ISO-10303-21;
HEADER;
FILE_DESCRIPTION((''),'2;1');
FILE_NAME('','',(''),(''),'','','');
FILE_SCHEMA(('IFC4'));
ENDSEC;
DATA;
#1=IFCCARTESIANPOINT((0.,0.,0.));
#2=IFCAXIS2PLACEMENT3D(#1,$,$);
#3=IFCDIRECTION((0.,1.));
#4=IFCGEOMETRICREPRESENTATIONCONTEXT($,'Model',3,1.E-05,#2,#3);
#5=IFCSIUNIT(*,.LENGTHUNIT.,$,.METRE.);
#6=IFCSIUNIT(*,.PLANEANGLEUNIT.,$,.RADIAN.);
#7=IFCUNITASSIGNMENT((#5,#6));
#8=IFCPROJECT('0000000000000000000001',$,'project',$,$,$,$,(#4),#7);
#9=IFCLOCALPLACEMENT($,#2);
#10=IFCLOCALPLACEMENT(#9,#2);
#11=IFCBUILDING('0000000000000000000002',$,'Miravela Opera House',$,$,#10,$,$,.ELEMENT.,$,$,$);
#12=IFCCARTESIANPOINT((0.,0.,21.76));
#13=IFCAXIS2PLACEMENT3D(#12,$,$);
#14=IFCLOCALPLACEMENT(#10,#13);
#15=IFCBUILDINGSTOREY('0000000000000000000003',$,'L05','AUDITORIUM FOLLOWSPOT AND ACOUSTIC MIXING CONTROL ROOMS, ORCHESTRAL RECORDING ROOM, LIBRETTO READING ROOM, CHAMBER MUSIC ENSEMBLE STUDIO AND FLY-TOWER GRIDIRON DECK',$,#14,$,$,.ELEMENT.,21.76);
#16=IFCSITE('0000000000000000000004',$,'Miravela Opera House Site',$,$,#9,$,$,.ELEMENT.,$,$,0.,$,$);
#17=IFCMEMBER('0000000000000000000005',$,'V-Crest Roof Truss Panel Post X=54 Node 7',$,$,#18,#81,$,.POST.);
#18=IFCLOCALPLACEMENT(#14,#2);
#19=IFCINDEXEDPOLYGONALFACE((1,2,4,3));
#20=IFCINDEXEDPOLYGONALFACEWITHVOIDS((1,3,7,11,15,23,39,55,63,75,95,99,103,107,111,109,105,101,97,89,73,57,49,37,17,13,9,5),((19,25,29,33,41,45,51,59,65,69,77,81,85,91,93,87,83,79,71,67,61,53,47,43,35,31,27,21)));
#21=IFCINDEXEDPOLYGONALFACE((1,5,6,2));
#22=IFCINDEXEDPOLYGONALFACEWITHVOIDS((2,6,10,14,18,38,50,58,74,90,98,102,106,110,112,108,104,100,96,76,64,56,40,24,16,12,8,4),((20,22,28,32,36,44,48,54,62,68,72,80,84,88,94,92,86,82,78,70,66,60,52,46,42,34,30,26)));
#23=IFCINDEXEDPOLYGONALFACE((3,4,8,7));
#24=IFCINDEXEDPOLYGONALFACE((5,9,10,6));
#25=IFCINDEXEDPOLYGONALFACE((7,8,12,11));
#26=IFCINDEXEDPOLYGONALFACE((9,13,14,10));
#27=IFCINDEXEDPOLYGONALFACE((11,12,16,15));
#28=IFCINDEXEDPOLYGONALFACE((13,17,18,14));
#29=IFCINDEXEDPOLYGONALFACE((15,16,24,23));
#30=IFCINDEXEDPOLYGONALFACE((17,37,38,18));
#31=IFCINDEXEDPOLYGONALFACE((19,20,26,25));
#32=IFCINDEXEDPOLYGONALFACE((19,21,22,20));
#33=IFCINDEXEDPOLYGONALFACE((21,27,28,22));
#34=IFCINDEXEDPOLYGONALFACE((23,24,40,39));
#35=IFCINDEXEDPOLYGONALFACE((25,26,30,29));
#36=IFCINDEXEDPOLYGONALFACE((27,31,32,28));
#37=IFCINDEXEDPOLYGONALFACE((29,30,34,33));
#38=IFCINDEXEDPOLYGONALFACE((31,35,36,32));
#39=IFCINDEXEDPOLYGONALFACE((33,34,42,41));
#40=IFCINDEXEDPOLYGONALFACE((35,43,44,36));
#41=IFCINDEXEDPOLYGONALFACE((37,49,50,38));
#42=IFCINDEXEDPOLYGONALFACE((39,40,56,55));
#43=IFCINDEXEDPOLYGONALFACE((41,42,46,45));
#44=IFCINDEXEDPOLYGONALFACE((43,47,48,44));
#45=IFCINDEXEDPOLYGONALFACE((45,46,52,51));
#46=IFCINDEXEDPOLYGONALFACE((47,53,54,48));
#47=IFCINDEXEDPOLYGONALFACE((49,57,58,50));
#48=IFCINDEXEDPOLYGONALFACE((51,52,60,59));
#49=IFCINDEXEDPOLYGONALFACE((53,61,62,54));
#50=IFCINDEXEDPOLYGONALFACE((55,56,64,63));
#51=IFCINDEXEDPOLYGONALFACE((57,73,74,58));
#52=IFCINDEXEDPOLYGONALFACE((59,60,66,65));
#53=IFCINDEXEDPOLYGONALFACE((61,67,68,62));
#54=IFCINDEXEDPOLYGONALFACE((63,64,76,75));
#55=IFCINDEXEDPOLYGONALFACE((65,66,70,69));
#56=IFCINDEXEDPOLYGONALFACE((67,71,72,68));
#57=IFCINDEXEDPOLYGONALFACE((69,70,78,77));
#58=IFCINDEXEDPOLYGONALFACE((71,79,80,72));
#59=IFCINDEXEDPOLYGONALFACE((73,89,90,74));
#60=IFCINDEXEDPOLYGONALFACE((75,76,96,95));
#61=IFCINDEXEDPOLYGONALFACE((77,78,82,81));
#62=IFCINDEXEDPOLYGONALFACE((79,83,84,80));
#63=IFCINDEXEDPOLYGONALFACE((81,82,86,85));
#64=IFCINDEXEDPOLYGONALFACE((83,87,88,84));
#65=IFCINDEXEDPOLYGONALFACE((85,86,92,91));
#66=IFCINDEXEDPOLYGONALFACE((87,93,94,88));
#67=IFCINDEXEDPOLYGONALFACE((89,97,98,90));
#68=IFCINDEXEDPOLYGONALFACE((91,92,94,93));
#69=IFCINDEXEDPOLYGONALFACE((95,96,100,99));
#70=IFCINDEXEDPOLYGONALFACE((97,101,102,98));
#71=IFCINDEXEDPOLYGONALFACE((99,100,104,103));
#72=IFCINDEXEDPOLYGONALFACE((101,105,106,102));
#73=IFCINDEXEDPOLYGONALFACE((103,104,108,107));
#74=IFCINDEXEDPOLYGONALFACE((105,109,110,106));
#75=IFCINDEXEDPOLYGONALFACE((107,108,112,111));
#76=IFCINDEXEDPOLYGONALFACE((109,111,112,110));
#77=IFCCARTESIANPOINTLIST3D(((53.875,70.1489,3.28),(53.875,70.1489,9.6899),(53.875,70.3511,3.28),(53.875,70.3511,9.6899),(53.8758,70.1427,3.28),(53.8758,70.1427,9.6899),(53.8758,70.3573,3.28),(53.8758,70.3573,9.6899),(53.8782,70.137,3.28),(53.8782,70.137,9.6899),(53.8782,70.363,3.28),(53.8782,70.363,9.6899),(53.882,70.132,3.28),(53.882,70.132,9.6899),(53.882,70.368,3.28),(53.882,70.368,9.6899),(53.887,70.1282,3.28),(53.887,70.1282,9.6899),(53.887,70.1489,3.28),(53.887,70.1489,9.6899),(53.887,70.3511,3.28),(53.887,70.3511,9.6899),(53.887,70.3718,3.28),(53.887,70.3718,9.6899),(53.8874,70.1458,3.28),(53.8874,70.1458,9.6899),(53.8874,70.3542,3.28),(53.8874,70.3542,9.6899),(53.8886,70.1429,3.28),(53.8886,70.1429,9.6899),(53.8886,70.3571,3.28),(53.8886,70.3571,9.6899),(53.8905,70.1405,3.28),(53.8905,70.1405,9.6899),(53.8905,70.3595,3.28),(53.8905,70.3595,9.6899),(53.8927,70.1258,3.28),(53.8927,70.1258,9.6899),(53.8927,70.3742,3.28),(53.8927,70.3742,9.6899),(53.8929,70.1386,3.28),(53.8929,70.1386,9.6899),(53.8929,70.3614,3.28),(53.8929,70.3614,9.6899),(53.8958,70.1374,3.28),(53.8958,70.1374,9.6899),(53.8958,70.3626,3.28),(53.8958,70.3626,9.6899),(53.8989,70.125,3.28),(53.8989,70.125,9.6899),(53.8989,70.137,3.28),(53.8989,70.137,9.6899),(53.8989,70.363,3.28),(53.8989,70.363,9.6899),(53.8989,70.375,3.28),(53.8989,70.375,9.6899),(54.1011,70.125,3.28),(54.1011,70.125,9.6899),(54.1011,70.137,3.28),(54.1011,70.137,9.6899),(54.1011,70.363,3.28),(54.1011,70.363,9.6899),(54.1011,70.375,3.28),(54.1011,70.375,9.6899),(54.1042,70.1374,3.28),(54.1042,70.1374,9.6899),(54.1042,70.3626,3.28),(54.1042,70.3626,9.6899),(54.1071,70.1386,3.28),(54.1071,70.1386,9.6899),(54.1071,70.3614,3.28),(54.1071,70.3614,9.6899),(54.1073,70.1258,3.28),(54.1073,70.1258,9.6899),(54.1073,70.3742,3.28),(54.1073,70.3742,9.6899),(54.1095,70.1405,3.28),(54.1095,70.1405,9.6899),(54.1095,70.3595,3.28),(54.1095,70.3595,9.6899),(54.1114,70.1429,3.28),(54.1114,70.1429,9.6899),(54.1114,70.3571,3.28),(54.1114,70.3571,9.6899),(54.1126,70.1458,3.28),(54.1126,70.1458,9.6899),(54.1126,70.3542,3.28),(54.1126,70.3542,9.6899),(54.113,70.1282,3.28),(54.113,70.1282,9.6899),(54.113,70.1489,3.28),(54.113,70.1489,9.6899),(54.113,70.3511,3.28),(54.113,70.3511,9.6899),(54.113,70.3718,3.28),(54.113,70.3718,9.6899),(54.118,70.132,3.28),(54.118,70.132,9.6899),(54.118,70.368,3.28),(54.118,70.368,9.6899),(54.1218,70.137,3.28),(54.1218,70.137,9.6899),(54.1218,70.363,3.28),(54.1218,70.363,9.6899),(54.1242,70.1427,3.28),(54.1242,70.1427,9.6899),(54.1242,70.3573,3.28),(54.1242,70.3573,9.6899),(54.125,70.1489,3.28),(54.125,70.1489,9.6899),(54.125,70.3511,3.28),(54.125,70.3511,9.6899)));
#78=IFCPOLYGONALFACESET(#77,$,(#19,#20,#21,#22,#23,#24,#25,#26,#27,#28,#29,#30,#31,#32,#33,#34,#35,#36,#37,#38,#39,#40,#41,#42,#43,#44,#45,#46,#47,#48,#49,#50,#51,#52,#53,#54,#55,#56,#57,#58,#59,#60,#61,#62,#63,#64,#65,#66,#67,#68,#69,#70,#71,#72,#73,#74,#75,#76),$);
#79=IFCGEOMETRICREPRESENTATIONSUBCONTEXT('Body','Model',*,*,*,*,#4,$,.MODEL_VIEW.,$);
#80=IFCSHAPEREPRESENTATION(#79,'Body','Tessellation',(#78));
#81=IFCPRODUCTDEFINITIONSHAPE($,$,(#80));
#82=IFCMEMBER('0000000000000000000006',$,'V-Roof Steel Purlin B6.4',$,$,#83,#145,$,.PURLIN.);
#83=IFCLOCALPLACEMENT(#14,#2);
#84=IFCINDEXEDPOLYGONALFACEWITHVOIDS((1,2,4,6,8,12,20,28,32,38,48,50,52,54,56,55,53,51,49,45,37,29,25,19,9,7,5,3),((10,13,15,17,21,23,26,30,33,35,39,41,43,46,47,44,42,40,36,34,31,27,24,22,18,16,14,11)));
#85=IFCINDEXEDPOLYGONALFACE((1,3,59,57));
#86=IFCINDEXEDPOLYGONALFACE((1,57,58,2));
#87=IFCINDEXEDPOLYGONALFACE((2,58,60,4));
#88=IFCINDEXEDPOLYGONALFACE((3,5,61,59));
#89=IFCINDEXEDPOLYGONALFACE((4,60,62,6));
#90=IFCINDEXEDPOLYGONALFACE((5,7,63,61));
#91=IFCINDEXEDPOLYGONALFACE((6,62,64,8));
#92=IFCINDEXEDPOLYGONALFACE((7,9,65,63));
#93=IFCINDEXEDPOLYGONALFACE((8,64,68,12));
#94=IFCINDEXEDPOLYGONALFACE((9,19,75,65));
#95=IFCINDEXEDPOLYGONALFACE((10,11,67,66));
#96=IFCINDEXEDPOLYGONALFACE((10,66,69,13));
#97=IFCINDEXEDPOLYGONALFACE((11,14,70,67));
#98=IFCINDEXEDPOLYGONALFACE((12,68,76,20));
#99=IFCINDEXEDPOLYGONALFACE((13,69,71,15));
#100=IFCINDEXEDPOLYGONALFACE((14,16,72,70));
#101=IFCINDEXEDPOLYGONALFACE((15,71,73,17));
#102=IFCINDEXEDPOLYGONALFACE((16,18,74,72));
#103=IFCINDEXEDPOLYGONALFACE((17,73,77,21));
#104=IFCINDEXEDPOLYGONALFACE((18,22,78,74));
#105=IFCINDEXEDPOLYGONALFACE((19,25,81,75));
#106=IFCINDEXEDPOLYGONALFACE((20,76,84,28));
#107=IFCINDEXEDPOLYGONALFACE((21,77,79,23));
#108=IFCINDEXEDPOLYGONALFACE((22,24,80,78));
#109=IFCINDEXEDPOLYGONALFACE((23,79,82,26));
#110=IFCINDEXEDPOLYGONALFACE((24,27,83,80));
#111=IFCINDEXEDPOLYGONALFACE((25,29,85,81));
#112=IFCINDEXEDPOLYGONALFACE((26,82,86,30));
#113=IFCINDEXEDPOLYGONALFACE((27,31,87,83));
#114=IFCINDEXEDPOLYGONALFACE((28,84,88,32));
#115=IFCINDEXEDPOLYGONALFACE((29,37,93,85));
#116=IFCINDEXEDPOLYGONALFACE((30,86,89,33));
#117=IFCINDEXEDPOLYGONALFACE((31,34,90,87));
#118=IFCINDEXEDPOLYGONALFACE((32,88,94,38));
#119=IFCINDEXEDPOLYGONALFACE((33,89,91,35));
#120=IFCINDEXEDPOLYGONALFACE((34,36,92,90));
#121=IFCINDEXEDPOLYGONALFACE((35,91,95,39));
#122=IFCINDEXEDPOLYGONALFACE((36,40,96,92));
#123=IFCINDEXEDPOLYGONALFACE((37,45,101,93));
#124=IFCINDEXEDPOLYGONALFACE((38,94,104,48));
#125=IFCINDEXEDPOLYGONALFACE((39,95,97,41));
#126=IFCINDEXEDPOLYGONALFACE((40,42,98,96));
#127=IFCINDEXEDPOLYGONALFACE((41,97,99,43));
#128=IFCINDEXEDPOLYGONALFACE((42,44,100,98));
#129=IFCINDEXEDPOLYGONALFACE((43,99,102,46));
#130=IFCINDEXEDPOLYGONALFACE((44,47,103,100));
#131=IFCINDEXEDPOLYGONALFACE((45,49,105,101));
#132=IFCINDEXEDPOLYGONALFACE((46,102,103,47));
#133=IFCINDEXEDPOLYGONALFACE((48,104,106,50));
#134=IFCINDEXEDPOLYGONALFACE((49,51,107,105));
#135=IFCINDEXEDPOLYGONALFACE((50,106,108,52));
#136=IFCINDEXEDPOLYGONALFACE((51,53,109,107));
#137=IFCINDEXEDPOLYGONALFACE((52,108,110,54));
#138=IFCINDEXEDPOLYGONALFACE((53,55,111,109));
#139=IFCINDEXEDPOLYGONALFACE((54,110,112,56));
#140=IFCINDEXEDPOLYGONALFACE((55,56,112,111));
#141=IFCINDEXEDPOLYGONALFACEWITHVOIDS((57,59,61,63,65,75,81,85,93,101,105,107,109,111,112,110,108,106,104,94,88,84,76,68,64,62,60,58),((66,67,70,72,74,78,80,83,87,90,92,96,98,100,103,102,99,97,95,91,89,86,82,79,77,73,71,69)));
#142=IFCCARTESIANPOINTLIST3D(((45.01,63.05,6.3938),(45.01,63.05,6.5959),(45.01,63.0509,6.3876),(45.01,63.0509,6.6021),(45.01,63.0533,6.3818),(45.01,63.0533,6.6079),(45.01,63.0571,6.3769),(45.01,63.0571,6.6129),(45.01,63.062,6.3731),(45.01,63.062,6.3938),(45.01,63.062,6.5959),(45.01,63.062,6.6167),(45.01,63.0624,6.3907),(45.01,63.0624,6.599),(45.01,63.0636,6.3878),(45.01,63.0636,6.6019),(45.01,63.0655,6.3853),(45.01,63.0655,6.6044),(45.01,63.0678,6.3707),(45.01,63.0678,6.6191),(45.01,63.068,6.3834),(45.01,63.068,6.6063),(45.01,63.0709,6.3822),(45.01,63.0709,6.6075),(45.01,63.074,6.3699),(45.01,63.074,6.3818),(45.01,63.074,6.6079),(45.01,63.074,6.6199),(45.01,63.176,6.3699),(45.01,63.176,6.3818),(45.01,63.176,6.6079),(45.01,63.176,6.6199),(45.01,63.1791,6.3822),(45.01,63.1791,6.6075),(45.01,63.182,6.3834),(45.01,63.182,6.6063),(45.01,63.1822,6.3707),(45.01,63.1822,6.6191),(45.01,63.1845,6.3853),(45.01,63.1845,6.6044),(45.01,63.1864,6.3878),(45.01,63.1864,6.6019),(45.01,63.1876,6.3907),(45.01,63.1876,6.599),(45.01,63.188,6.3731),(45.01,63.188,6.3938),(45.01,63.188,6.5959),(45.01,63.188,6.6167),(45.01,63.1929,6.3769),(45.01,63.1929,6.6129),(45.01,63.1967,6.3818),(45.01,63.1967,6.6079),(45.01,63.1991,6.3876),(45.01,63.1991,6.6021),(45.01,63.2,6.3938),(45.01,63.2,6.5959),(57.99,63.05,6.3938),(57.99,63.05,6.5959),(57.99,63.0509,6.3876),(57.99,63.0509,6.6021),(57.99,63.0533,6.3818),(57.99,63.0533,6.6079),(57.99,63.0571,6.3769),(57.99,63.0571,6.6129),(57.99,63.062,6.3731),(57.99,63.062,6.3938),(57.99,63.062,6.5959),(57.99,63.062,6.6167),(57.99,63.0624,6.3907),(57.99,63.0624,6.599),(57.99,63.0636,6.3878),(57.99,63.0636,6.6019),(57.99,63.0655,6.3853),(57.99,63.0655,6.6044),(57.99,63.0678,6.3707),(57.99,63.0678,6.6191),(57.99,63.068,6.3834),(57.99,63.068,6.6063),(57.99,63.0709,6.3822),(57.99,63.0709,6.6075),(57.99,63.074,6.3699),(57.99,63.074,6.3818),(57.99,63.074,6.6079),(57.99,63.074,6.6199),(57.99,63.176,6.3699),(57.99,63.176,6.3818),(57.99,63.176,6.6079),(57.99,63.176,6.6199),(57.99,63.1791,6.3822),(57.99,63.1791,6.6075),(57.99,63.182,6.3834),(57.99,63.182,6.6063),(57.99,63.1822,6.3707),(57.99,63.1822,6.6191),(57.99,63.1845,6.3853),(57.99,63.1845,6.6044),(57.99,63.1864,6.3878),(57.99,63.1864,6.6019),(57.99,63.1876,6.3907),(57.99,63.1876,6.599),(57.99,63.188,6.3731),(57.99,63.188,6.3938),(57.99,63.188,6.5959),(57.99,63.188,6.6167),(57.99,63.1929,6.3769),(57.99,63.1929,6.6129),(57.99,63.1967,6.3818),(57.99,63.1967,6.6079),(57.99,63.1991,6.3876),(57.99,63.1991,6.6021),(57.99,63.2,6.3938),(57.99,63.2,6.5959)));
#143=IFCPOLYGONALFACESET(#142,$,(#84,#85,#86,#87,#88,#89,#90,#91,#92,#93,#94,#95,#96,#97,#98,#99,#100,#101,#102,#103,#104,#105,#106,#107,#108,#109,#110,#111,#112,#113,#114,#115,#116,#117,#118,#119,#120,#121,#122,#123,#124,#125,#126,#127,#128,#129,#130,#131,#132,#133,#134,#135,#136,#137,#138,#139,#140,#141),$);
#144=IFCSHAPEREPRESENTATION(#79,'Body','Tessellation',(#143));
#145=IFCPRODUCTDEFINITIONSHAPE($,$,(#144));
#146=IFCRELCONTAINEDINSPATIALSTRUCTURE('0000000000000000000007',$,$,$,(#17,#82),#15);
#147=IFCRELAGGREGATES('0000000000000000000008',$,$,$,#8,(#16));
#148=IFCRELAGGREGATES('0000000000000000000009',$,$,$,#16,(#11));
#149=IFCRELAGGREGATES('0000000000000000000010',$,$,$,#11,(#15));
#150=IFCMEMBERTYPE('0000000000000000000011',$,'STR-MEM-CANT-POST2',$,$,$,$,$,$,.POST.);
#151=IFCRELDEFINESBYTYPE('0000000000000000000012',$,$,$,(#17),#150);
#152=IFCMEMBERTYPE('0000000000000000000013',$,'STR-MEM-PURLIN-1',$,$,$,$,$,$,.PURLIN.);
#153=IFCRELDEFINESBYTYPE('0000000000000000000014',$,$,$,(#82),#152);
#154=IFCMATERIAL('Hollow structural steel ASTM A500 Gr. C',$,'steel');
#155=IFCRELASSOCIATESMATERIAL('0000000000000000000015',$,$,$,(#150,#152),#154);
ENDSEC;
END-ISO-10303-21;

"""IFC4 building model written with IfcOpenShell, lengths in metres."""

from ifc_helpers import new_model, si_unit, direction, frame, origin, origin_2d, place, context, subcontext, project, spatial, hollow_rectangle, extrude, material, material_profile, profile_set, type_object, element, save


model = new_model("IFC4")

# Units and contexts
model_context = context("Model", 3, precision=1e-05, world=origin(), true_north=direction((0.0, 1.0)))
body_context = subcontext(model_context, "Body", "Model", "MODEL_VIEW")
ifc_project = project(units=[si_unit("LENGTHUNIT", "METRE"), si_unit("PLANEANGLEUNIT", "RADIAN")], contexts=[model_context])

# Site, building, storey
site_placement = place(None, origin())
site = spatial("IfcSite", under=ifc_project, at=site_placement, Name="Miravela Opera House Site", CompositionType="ELEMENT", RefElevation=0.0)
building_placement = place(site_placement, origin())
building = spatial("IfcBuilding", under=site, at=building_placement, Name="Miravela Opera House", CompositionType="ELEMENT")
storey_placement = place(building_placement, frame((0.0, 0.0, 21.76)))
storey = spatial("IfcBuildingStorey", under=building, at=storey_placement, Name="L05", Description="AUDITORIUM FOLLOWSPOT AND ACOUSTIC MIXING CONTROL ROOMS, ORCHESTRAL RECORDING ROOM, LIBRETTO READING ROOM, CHAMBER MUSIC ENSEMBLE STUDIO AND FLY-TOWER GRIDIRON DECK", CompositionType="ELEMENT", Elevation=21.76)

# Members
ifc_material_1 = material(Name="Hollow structural steel ASTM A500 Gr. C", Category="steel")
ifc_material_profile_1 = material_profile(ifc_material_1, hollow_rectangle(XDim=0.25, YDim=0.25, WallThickness=0.012, InnerFilletRadius=0.012, OuterFilletRadius=0.0239, at=origin_2d()), Name="HSS250X250X12")
ifc_profile_set_1 = profile_set([ifc_material_profile_1])
member_type_1 = type_object("IfcMemberType", Name="STR-MEM-CANT-POST2", PredefinedType="POST", material=ifc_profile_set_1)
member_1_placement = place(storey_placement, frame((54.0, 70.25, 3.28), z_axis=(0.0, 0.0, 1.0), x_axis=(1.0, 0.0, 0.0)))
element("IfcMember", 1, at=member_1_placement, inside=storey, type_object=member_type_1, Name="V-Crest Roof Truss Panel Post X=54 Node 7", PredefinedType="POST", context=body_context, shape_type="SweptSolid", body=[
    extrude(hollow_rectangle(XDim=0.25, YDim=0.25, WallThickness=0.012, InnerFilletRadius=0.012, OuterFilletRadius=0.0239, at=origin_2d()), origin(), (0.0, 0.0, 1.0), 6.4099),
])
ifc_material_profile_2 = material_profile(ifc_material_1, hollow_rectangle(XDim=0.1499, YDim=0.25, WallThickness=0.012, InnerFilletRadius=0.012, OuterFilletRadius=0.0239, at=origin_2d()), Name="HSS250X150X12")
ifc_profile_set_2 = profile_set([ifc_material_profile_2])
member_type_2 = type_object("IfcMemberType", Name="STR-MEM-PURLIN-1", PredefinedType="PURLIN", material=ifc_profile_set_2)
for number, where, z_axis, x_axis, name in (
    (2, (45.01, 63.125, 6.4949), (1.0, 0.0, 0.0), (0.0, 1.0, 0.0), "V-Roof Steel Purlin B6.4"),
):
    element("IfcMember", number, at=place(storey_placement, frame(where, z_axis=z_axis, x_axis=x_axis)), inside=storey, type_object=member_type_2, Name=name, PredefinedType="PURLIN", context=body_context, shape_type="SweptSolid", body=[
        extrude(hollow_rectangle(XDim=0.1499, YDim=0.25, WallThickness=0.012, InnerFilletRadius=0.012, OuterFilletRadius=0.0239, at=origin_2d()), origin(), (0.0, 0.0, 1.0), 12.98),
    ])

save(model, "model.ifc")
